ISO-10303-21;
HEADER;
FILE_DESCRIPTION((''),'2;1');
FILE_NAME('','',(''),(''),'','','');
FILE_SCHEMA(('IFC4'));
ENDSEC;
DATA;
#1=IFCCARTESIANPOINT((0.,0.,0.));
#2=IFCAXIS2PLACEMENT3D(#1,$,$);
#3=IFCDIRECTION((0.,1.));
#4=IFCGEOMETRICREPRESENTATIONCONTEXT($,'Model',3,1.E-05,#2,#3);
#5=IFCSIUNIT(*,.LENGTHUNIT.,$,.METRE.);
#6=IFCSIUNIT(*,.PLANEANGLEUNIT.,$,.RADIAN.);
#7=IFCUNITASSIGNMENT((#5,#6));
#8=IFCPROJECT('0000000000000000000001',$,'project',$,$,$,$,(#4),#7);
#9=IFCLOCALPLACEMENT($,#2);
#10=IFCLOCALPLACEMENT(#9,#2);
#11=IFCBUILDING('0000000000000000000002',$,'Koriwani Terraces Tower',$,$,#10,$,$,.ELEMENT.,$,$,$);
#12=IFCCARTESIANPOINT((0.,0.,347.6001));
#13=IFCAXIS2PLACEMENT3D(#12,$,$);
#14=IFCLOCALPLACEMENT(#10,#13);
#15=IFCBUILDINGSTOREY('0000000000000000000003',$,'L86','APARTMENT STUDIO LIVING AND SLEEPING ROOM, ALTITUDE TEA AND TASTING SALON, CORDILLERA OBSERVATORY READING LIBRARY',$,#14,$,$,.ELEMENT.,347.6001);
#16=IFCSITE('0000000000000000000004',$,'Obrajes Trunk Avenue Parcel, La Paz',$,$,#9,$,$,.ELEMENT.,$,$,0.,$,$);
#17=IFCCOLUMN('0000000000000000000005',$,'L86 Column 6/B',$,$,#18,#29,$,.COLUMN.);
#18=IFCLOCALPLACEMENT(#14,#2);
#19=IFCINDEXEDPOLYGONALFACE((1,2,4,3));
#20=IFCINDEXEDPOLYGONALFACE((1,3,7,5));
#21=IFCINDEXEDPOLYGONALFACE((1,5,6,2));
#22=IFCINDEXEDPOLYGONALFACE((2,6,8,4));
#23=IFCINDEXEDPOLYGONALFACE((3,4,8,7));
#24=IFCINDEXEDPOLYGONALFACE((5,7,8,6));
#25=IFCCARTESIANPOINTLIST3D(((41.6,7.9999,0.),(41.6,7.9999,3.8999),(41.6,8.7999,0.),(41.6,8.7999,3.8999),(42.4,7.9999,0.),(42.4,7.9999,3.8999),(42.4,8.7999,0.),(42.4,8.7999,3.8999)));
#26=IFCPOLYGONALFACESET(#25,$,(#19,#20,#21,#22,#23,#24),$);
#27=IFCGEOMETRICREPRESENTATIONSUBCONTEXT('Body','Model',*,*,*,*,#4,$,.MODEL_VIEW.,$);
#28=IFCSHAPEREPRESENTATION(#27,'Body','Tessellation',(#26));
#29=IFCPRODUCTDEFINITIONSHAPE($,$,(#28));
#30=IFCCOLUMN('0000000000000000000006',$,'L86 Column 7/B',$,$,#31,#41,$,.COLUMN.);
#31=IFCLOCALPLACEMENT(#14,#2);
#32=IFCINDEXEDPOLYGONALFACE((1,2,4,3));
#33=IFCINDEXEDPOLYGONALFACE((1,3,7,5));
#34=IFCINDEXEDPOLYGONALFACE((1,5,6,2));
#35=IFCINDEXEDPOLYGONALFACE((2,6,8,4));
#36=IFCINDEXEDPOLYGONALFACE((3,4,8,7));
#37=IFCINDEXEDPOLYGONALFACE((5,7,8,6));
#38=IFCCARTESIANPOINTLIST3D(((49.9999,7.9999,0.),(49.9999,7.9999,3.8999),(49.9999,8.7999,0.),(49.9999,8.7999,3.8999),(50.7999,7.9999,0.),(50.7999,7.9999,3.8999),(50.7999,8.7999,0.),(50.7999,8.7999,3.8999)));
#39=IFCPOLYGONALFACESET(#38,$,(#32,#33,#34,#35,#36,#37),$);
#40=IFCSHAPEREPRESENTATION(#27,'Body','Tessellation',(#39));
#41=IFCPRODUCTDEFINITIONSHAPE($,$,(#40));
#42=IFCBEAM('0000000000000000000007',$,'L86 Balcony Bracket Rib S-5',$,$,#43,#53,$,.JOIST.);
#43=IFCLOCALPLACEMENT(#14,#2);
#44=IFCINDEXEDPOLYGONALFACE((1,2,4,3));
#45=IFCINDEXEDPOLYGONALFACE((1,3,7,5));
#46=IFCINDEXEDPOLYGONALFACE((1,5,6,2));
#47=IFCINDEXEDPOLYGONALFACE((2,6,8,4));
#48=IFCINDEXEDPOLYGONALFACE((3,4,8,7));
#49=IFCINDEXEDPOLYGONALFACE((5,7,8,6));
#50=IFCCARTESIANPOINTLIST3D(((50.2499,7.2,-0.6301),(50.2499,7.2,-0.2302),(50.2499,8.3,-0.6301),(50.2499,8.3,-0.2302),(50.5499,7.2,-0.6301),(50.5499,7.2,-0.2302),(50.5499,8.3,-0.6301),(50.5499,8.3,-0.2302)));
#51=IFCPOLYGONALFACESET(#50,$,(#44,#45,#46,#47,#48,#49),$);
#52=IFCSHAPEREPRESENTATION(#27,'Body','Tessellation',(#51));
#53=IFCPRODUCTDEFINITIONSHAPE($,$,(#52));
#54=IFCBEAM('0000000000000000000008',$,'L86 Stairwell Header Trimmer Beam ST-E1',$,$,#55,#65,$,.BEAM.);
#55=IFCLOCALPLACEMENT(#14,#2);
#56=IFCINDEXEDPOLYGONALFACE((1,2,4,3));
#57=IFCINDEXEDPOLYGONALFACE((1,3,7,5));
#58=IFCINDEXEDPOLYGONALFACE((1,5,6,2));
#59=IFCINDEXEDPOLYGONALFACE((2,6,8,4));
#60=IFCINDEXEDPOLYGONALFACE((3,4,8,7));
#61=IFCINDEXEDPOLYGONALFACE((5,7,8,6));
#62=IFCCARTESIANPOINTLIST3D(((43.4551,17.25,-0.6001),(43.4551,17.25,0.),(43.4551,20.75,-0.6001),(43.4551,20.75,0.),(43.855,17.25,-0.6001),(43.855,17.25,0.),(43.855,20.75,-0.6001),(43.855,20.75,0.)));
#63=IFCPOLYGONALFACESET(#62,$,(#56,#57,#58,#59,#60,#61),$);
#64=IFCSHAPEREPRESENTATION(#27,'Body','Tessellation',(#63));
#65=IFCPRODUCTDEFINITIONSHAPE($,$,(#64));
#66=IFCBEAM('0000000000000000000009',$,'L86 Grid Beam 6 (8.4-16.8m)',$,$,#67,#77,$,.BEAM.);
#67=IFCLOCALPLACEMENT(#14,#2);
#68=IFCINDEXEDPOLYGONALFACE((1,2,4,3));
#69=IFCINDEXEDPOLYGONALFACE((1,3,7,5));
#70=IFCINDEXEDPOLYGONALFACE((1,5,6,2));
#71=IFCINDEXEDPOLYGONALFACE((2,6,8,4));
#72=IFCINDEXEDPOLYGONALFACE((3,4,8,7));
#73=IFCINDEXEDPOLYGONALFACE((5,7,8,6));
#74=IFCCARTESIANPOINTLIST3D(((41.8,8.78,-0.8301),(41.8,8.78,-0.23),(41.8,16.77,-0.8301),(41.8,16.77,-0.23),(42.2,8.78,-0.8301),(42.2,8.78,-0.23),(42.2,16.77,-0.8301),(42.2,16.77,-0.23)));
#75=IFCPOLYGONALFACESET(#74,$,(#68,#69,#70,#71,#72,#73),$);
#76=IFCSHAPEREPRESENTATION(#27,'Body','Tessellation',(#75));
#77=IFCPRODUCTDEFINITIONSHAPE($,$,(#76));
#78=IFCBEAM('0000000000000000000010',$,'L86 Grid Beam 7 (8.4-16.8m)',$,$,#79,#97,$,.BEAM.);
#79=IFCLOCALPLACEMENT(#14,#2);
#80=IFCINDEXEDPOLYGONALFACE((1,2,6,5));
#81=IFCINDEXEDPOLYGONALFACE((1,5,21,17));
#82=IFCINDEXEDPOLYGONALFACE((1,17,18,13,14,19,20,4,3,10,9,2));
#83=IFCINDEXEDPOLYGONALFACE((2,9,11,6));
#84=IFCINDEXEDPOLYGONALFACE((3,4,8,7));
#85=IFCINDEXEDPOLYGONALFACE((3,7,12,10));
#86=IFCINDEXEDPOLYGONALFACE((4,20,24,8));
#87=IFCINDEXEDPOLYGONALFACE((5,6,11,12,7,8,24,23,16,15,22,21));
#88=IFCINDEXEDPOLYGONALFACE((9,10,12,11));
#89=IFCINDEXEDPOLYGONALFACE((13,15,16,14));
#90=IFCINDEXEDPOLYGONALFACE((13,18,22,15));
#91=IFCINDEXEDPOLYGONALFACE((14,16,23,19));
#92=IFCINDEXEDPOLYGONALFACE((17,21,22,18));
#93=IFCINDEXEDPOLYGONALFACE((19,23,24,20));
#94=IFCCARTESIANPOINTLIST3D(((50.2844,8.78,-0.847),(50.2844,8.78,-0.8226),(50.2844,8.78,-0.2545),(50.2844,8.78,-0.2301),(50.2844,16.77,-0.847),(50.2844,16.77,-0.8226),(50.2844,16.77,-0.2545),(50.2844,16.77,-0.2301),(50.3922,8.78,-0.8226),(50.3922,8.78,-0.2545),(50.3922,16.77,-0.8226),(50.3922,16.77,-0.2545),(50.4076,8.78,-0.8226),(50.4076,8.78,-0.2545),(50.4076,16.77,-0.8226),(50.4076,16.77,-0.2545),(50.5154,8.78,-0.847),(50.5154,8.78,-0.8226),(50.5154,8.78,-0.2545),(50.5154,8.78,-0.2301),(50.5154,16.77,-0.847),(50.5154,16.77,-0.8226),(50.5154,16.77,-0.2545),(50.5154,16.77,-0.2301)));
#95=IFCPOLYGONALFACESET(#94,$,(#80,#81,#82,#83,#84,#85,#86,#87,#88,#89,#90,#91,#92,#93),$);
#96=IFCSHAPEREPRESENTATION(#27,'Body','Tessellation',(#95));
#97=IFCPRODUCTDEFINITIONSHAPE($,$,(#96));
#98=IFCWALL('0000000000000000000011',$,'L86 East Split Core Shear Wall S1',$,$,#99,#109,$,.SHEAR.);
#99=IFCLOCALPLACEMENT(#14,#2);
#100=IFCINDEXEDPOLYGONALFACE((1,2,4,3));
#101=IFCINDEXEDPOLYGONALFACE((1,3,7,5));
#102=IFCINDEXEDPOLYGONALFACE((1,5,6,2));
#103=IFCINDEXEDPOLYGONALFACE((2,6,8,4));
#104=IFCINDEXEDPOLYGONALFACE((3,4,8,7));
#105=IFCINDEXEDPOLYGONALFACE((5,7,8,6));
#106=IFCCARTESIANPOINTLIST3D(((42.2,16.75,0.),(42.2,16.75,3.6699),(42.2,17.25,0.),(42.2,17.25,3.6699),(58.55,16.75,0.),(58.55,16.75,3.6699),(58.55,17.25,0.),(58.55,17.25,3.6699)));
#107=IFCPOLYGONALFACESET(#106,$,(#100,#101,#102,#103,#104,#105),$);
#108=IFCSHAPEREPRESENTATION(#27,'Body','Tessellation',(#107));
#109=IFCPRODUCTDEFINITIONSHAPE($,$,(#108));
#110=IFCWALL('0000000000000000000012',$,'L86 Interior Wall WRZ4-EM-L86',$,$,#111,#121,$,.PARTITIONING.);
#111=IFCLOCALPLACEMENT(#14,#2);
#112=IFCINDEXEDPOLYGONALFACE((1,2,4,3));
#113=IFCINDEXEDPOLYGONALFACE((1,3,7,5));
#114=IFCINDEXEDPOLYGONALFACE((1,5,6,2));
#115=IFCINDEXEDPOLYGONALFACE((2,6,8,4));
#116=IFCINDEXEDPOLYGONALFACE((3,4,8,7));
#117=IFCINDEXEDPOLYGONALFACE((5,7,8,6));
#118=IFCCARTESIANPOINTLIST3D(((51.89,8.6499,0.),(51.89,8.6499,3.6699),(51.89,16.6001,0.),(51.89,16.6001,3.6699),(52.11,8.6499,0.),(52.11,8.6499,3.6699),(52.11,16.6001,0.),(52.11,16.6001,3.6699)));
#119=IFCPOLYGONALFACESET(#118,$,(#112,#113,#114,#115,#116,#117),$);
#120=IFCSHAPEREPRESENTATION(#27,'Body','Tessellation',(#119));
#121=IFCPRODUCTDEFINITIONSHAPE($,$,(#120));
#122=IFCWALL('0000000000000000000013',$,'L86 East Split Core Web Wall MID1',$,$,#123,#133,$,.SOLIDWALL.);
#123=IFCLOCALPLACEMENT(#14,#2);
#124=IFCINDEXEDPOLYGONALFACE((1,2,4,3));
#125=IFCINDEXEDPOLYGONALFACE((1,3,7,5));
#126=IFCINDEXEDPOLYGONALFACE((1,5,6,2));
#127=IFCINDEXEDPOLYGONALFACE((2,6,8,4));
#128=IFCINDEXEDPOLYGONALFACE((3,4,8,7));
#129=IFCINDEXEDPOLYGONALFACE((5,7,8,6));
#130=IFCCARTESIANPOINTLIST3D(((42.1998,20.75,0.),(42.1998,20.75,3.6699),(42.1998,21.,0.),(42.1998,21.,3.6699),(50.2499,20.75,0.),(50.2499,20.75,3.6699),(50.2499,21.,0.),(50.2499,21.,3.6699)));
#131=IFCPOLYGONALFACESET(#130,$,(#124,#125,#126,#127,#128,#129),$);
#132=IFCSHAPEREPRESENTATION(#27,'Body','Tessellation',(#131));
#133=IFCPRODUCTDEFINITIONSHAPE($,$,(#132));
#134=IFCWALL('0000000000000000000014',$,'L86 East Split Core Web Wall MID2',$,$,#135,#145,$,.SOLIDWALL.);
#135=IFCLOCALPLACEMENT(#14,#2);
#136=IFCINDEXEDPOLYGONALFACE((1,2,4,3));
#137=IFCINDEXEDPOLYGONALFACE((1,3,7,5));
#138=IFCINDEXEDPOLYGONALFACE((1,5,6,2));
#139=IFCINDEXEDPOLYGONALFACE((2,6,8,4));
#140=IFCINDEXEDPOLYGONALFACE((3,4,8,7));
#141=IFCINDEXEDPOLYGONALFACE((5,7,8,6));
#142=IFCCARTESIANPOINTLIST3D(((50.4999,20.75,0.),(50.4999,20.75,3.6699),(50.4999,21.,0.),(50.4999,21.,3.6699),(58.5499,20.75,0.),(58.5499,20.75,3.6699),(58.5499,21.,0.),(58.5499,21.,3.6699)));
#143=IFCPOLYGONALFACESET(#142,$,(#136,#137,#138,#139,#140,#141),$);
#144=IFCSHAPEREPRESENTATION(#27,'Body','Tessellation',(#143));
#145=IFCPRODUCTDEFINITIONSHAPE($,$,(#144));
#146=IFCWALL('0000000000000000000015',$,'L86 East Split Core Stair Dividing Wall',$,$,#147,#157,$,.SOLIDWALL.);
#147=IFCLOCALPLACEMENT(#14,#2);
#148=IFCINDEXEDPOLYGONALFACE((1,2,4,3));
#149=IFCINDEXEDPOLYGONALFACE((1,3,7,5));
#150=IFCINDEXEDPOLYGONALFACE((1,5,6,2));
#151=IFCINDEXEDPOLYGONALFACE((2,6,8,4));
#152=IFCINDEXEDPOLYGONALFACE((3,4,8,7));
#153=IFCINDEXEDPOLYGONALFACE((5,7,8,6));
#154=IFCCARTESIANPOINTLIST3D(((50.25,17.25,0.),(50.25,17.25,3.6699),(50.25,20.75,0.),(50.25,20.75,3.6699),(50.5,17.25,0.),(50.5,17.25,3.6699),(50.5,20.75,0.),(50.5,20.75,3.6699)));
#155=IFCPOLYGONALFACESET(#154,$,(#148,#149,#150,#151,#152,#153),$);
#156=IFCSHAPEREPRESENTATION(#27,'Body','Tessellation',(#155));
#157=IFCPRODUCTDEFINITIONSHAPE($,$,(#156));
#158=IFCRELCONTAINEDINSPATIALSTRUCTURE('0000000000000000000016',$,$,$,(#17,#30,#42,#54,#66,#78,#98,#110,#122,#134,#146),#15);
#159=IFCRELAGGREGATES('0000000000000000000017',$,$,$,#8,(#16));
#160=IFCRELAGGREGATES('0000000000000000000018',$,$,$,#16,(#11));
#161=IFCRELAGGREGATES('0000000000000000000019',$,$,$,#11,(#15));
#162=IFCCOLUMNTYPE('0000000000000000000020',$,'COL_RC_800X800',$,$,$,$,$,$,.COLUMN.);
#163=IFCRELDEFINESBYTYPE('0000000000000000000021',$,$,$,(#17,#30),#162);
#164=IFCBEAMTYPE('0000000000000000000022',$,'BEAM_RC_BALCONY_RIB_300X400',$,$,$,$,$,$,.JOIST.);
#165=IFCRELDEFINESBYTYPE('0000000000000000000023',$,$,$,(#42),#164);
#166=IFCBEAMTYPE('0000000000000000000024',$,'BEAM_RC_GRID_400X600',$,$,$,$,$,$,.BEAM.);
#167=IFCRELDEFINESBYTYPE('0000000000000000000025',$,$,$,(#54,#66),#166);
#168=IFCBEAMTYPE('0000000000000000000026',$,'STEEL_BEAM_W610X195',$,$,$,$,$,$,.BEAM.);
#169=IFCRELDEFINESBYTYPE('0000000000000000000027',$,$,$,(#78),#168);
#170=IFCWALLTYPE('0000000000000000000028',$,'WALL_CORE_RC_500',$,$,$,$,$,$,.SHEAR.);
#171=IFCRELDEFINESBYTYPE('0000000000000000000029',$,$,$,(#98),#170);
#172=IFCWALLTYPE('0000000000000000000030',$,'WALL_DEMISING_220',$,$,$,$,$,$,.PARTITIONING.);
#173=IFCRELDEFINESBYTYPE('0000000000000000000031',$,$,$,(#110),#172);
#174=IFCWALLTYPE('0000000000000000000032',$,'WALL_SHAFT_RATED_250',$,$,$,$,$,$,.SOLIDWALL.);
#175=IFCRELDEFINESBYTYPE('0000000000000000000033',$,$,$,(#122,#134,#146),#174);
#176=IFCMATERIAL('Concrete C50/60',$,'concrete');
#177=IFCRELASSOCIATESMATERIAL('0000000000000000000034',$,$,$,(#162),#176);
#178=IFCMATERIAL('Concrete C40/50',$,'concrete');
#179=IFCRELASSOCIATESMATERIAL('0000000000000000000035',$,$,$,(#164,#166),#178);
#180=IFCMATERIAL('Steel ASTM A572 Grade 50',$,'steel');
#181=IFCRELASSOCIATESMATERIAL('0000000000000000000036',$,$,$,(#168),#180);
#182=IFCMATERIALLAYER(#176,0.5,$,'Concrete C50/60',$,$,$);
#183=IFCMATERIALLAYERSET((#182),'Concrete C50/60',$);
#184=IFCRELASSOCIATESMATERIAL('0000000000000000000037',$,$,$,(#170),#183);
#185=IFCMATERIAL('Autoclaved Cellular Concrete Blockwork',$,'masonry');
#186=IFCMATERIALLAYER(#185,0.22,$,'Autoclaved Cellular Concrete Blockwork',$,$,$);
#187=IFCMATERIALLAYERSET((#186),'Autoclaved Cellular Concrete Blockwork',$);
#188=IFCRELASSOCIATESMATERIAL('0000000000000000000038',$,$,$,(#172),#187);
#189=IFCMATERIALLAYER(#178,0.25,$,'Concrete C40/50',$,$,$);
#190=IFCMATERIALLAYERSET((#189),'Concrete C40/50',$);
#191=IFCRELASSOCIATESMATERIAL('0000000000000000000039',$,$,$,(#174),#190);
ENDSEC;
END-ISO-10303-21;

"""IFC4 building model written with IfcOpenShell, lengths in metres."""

from ifc_helpers import new_model, si_unit, direction, frame, frame_2d, origin, origin_2d, place, context, subcontext, project, spatial, rectangle, i_section, extrude, material, layer, layer_set, material_profile, profile_set, type_object, element, save


model = new_model("IFC4")

# Units and contexts
model_context = context("Model", 3, precision=1e-05, world=origin(), true_north=direction((0.0, 1.0)))
body_context = subcontext(model_context, "Body", "Model", "MODEL_VIEW")
ifc_project = project(units=[si_unit("LENGTHUNIT", "METRE"), si_unit("PLANEANGLEUNIT", "RADIAN")], contexts=[model_context])

# Site, building, storey
site_placement = place(None, origin())
site = spatial("IfcSite", under=ifc_project, at=site_placement, Name="Obrajes Trunk Avenue Parcel, La Paz", CompositionType="ELEMENT", RefElevation=0.0)
building_placement = place(site_placement, origin())
building = spatial("IfcBuilding", under=site, at=building_placement, Name="Koriwani Terraces Tower", CompositionType="ELEMENT")
storey_placement = place(building_placement, frame((0.0, 0.0, 347.6001)))
storey = spatial("IfcBuildingStorey", under=building, at=storey_placement, Name="L86", Description="APARTMENT STUDIO LIVING AND SLEEPING ROOM, ALTITUDE TEA AND TASTING SALON, CORDILLERA OBSERVATORY READING LIBRARY", CompositionType="ELEMENT", Elevation=347.6001)

# Columns
ifc_material_1 = material(Name="Concrete C50/60", Category="concrete")
ifc_material_profile_1 = material_profile(ifc_material_1, rectangle(XDim=0.8, YDim=0.8, at=origin_2d()), Name="Concrete C50/60", Category="LoadBearing")
ifc_profile_set_1 = profile_set([ifc_material_profile_1], Name="Concrete C50/60")
column_type = type_object("IfcColumnType", Name="COL_RC_800X800", PredefinedType="COLUMN", material=ifc_profile_set_1)
for number, where, z_axis, x_axis, name in (
    (1, (42.0, 8.3999, 0.0), (0.0, 0.0, 1.0), (1.0, 0.0, 0.0), "L86 Column 6/B"),
    (2, (50.3999, 8.3999, 0.0), (0.0, 0.0, 1.0), (1.0, 0.0, 0.0), "L86 Column 7/B"),
):
    element("IfcColumn", number, at=place(storey_placement, frame(where, z_axis=z_axis, x_axis=x_axis)), inside=storey, type_object=column_type, Name=name, PredefinedType="COLUMN", context=body_context, shape_type="SweptSolid", body=[
        extrude(rectangle(XDim=0.8, YDim=0.8, at=origin_2d()), origin(), (0.0, 0.0, 1.0), 3.8999),
    ])

# Beams
ifc_material_2 = material(Name="Concrete C40/50", Category="concrete")
ifc_material_profile_2 = material_profile(ifc_material_2, rectangle(XDim=0.3, YDim=0.3999, at=origin_2d()), Name="Concrete C40/50", Category="LoadBearing")
ifc_profile_set_2 = profile_set([ifc_material_profile_2], Name="Concrete C40/50")
beam_type_1 = type_object("IfcBeamType", Name="BEAM_RC_BALCONY_RIB_300X400", PredefinedType="JOIST", material=ifc_profile_set_2)
beam_1_placement = place(storey_placement, frame((50.3999, 7.2, -0.4302), z_axis=(0.0, 1.0, 0.0), x_axis=(-1.0, 0.0, 0.0)))
element("IfcBeam", 3, at=beam_1_placement, inside=storey, type_object=beam_type_1, Name="L86 Balcony Bracket Rib S-5", PredefinedType="JOIST", context=body_context, shape_type="SweptSolid", body=[
    extrude(rectangle(XDim=0.3, YDim=0.3999, at=origin_2d()), origin(), (0.0, 0.0, 1.0), 1.1001),
])
ifc_material_profile_3 = material_profile(ifc_material_2, rectangle(XDim=0.3999, YDim=0.6001, at=origin_2d()), Name="Concrete C40/50", Category="LoadBearing")
ifc_profile_set_3 = profile_set([ifc_material_profile_3], Name="Concrete C40/50")
beam_type_2 = type_object("IfcBeamType", Name="BEAM_RC_GRID_400X600", PredefinedType="BEAM", material=ifc_profile_set_3)
beam_2_placement = place(storey_placement, frame((43.655, 17.25, -0.3), z_axis=(0.0, 1.0, 0.0), x_axis=(-1.0, 0.0, 0.0)))
element("IfcBeam", 4, at=beam_2_placement, inside=storey, type_object=beam_type_2, Name="L86 Stairwell Header Trimmer Beam ST-E1", PredefinedType="BEAM", context=body_context, shape_type="SweptSolid", body=[
    extrude(rectangle(XDim=0.3999, YDim=0.6001, at=origin_2d()), origin(), (0.0, 0.0, 1.0), 3.5),
])
beam_3_placement = place(storey_placement, frame((42.0, 8.78, -0.53), z_axis=(0.0, 1.0, 0.0), x_axis=(-1.0, 0.0, 0.0)))
element("IfcBeam", 5, at=beam_3_placement, inside=storey, type_object=beam_type_2, Name="L86 Grid Beam 6 (8.4-16.8m)", PredefinedType="BEAM", context=body_context, shape_type="SweptSolid", body=[
    extrude(rectangle(XDim=0.3999, YDim=0.6001, at=origin_2d()), origin(), (0.0, 0.0, 1.0), 7.99),
])
ifc_material_3 = material(Name="Steel ASTM A572 Grade 50", Category="steel")
ifc_material_profile_4 = material_profile(ifc_material_3, i_section(OverallWidth=0.231, OverallDepth=0.6169, WebThickness=0.0154, FlangeThickness=0.0244, at=origin_2d()), Name="Steel ASTM A572 Grade 50", Category="LoadBearing")
ifc_profile_set_4 = profile_set([ifc_material_profile_4], Name="Steel ASTM A572 Grade 50")
beam_type_3 = type_object("IfcBeamType", Name="STEEL_BEAM_W610X195", PredefinedType="BEAM", material=ifc_profile_set_4)
beam_4_placement = place(storey_placement, frame((50.3999, 8.78, -0.5386), z_axis=(0.0, 1.0, 0.0), x_axis=(-1.0, 0.0, 0.0)))
element("IfcBeam", 6, at=beam_4_placement, inside=storey, type_object=beam_type_3, Name="L86 Grid Beam 7 (8.4-16.8m)", PredefinedType="BEAM", context=body_context, shape_type="SweptSolid", body=[
    extrude(i_section(OverallWidth=0.231, OverallDepth=0.6169, WebThickness=0.0154, FlangeThickness=0.0244, at=origin_2d()), origin(), (0.0, 0.0, 1.0), 7.99),
])

# Walls
ifc_layer_1 = layer(ifc_material_1, 0.5, Name="Concrete C50/60")
ifc_layer_set_1 = layer_set([ifc_layer_1], Name="Concrete C50/60")
wall_type_1 = type_object("IfcWallType", Name="WALL_CORE_RC_500", PredefinedType="SHEAR", material=ifc_layer_set_1)
wall_1_placement = place(storey_placement, frame((42.2, 17.0, 0.0), z_axis=(0.0, 0.0, 1.0), x_axis=(1.0, 0.0, 0.0)))
element("IfcWall", 7, at=wall_1_placement, inside=storey, type_object=wall_type_1, Name="L86 East Split Core Shear Wall S1", PredefinedType="SHEAR", context=body_context, shape_type="SweptSolid", body=[
    extrude(rectangle(XDim=16.3501, YDim=0.5, at=frame_2d((8.175, 0.0))), origin(), (0.0, 0.0, 1.0), 3.6699),
])
ifc_material_4 = material(Name="Autoclaved Cellular Concrete Blockwork", Category="masonry")
ifc_layer_2 = layer(ifc_material_4, 0.22, Name="Autoclaved Cellular Concrete Blockwork")
ifc_layer_set_2 = layer_set([ifc_layer_2], Name="Autoclaved Cellular Concrete Blockwork")
wall_type_2 = type_object("IfcWallType", Name="WALL_DEMISING_220", PredefinedType="PARTITIONING", material=ifc_layer_set_2)
wall_2_placement = place(storey_placement, frame((52.0, 8.6499, 0.0), z_axis=(0.0, 0.0, 1.0), x_axis=(0.0, 1.0, 0.0)))
element("IfcWall", 8, at=wall_2_placement, inside=storey, type_object=wall_type_2, Name="L86 Interior Wall WRZ4-EM-L86", PredefinedType="PARTITIONING", context=body_context, shape_type="SweptSolid", body=[
    extrude(rectangle(XDim=7.9502, YDim=0.22, at=frame_2d((3.9751, 0.0))), origin(), (0.0, 0.0, 1.0), 3.6699),
])
ifc_layer_3 = layer(ifc_material_2, 0.25, Name="Concrete C40/50")
ifc_layer_set_3 = layer_set([ifc_layer_3], Name="Concrete C40/50")
wall_type_3 = type_object("IfcWallType", Name="WALL_SHAFT_RATED_250", PredefinedType="SOLIDWALL", material=ifc_layer_set_3)
for number, where, z_axis, x_axis, name in (
    (9, (42.2, 20.875, 0.0), (0.0, 0.0, 1.0), (1.0, 0.0, 0.0), "L86 East Split Core Web Wall MID1"),
    (10, (50.5, 20.875, 0.0), (0.0, 0.0, 1.0), (1.0, 0.0, 0.0), "L86 East Split Core Web Wall MID2"),
):
    element("IfcWall", number, at=place(storey_placement, frame(where, z_axis=z_axis, x_axis=x_axis)), inside=storey, type_object=wall_type_3, Name=name, PredefinedType="SOLIDWALL", context=body_context, shape_type="SweptSolid", body=[
        extrude(rectangle(XDim=8.05, YDim=0.25, at=frame_2d((4.0249, 0.0))), origin(), (0.0, 0.0, 1.0), 3.6699),
    ])
wall_3_placement = place(storey_placement, frame((50.375, 17.25, 0.0), z_axis=(0.0, 0.0, 1.0), x_axis=(0.0, 1.0, 0.0)))
element("IfcWall", 11, at=wall_3_placement, inside=storey, type_object=wall_type_3, Name="L86 East Split Core Stair Dividing Wall", PredefinedType="SOLIDWALL", context=body_context, shape_type="SweptSolid", body=[
    extrude(rectangle(XDim=3.5, YDim=0.25, at=frame_2d((1.75, 0.0))), origin(), (0.0, 0.0, 1.0), 3.6699),
])

save(model, "model.ifc")
